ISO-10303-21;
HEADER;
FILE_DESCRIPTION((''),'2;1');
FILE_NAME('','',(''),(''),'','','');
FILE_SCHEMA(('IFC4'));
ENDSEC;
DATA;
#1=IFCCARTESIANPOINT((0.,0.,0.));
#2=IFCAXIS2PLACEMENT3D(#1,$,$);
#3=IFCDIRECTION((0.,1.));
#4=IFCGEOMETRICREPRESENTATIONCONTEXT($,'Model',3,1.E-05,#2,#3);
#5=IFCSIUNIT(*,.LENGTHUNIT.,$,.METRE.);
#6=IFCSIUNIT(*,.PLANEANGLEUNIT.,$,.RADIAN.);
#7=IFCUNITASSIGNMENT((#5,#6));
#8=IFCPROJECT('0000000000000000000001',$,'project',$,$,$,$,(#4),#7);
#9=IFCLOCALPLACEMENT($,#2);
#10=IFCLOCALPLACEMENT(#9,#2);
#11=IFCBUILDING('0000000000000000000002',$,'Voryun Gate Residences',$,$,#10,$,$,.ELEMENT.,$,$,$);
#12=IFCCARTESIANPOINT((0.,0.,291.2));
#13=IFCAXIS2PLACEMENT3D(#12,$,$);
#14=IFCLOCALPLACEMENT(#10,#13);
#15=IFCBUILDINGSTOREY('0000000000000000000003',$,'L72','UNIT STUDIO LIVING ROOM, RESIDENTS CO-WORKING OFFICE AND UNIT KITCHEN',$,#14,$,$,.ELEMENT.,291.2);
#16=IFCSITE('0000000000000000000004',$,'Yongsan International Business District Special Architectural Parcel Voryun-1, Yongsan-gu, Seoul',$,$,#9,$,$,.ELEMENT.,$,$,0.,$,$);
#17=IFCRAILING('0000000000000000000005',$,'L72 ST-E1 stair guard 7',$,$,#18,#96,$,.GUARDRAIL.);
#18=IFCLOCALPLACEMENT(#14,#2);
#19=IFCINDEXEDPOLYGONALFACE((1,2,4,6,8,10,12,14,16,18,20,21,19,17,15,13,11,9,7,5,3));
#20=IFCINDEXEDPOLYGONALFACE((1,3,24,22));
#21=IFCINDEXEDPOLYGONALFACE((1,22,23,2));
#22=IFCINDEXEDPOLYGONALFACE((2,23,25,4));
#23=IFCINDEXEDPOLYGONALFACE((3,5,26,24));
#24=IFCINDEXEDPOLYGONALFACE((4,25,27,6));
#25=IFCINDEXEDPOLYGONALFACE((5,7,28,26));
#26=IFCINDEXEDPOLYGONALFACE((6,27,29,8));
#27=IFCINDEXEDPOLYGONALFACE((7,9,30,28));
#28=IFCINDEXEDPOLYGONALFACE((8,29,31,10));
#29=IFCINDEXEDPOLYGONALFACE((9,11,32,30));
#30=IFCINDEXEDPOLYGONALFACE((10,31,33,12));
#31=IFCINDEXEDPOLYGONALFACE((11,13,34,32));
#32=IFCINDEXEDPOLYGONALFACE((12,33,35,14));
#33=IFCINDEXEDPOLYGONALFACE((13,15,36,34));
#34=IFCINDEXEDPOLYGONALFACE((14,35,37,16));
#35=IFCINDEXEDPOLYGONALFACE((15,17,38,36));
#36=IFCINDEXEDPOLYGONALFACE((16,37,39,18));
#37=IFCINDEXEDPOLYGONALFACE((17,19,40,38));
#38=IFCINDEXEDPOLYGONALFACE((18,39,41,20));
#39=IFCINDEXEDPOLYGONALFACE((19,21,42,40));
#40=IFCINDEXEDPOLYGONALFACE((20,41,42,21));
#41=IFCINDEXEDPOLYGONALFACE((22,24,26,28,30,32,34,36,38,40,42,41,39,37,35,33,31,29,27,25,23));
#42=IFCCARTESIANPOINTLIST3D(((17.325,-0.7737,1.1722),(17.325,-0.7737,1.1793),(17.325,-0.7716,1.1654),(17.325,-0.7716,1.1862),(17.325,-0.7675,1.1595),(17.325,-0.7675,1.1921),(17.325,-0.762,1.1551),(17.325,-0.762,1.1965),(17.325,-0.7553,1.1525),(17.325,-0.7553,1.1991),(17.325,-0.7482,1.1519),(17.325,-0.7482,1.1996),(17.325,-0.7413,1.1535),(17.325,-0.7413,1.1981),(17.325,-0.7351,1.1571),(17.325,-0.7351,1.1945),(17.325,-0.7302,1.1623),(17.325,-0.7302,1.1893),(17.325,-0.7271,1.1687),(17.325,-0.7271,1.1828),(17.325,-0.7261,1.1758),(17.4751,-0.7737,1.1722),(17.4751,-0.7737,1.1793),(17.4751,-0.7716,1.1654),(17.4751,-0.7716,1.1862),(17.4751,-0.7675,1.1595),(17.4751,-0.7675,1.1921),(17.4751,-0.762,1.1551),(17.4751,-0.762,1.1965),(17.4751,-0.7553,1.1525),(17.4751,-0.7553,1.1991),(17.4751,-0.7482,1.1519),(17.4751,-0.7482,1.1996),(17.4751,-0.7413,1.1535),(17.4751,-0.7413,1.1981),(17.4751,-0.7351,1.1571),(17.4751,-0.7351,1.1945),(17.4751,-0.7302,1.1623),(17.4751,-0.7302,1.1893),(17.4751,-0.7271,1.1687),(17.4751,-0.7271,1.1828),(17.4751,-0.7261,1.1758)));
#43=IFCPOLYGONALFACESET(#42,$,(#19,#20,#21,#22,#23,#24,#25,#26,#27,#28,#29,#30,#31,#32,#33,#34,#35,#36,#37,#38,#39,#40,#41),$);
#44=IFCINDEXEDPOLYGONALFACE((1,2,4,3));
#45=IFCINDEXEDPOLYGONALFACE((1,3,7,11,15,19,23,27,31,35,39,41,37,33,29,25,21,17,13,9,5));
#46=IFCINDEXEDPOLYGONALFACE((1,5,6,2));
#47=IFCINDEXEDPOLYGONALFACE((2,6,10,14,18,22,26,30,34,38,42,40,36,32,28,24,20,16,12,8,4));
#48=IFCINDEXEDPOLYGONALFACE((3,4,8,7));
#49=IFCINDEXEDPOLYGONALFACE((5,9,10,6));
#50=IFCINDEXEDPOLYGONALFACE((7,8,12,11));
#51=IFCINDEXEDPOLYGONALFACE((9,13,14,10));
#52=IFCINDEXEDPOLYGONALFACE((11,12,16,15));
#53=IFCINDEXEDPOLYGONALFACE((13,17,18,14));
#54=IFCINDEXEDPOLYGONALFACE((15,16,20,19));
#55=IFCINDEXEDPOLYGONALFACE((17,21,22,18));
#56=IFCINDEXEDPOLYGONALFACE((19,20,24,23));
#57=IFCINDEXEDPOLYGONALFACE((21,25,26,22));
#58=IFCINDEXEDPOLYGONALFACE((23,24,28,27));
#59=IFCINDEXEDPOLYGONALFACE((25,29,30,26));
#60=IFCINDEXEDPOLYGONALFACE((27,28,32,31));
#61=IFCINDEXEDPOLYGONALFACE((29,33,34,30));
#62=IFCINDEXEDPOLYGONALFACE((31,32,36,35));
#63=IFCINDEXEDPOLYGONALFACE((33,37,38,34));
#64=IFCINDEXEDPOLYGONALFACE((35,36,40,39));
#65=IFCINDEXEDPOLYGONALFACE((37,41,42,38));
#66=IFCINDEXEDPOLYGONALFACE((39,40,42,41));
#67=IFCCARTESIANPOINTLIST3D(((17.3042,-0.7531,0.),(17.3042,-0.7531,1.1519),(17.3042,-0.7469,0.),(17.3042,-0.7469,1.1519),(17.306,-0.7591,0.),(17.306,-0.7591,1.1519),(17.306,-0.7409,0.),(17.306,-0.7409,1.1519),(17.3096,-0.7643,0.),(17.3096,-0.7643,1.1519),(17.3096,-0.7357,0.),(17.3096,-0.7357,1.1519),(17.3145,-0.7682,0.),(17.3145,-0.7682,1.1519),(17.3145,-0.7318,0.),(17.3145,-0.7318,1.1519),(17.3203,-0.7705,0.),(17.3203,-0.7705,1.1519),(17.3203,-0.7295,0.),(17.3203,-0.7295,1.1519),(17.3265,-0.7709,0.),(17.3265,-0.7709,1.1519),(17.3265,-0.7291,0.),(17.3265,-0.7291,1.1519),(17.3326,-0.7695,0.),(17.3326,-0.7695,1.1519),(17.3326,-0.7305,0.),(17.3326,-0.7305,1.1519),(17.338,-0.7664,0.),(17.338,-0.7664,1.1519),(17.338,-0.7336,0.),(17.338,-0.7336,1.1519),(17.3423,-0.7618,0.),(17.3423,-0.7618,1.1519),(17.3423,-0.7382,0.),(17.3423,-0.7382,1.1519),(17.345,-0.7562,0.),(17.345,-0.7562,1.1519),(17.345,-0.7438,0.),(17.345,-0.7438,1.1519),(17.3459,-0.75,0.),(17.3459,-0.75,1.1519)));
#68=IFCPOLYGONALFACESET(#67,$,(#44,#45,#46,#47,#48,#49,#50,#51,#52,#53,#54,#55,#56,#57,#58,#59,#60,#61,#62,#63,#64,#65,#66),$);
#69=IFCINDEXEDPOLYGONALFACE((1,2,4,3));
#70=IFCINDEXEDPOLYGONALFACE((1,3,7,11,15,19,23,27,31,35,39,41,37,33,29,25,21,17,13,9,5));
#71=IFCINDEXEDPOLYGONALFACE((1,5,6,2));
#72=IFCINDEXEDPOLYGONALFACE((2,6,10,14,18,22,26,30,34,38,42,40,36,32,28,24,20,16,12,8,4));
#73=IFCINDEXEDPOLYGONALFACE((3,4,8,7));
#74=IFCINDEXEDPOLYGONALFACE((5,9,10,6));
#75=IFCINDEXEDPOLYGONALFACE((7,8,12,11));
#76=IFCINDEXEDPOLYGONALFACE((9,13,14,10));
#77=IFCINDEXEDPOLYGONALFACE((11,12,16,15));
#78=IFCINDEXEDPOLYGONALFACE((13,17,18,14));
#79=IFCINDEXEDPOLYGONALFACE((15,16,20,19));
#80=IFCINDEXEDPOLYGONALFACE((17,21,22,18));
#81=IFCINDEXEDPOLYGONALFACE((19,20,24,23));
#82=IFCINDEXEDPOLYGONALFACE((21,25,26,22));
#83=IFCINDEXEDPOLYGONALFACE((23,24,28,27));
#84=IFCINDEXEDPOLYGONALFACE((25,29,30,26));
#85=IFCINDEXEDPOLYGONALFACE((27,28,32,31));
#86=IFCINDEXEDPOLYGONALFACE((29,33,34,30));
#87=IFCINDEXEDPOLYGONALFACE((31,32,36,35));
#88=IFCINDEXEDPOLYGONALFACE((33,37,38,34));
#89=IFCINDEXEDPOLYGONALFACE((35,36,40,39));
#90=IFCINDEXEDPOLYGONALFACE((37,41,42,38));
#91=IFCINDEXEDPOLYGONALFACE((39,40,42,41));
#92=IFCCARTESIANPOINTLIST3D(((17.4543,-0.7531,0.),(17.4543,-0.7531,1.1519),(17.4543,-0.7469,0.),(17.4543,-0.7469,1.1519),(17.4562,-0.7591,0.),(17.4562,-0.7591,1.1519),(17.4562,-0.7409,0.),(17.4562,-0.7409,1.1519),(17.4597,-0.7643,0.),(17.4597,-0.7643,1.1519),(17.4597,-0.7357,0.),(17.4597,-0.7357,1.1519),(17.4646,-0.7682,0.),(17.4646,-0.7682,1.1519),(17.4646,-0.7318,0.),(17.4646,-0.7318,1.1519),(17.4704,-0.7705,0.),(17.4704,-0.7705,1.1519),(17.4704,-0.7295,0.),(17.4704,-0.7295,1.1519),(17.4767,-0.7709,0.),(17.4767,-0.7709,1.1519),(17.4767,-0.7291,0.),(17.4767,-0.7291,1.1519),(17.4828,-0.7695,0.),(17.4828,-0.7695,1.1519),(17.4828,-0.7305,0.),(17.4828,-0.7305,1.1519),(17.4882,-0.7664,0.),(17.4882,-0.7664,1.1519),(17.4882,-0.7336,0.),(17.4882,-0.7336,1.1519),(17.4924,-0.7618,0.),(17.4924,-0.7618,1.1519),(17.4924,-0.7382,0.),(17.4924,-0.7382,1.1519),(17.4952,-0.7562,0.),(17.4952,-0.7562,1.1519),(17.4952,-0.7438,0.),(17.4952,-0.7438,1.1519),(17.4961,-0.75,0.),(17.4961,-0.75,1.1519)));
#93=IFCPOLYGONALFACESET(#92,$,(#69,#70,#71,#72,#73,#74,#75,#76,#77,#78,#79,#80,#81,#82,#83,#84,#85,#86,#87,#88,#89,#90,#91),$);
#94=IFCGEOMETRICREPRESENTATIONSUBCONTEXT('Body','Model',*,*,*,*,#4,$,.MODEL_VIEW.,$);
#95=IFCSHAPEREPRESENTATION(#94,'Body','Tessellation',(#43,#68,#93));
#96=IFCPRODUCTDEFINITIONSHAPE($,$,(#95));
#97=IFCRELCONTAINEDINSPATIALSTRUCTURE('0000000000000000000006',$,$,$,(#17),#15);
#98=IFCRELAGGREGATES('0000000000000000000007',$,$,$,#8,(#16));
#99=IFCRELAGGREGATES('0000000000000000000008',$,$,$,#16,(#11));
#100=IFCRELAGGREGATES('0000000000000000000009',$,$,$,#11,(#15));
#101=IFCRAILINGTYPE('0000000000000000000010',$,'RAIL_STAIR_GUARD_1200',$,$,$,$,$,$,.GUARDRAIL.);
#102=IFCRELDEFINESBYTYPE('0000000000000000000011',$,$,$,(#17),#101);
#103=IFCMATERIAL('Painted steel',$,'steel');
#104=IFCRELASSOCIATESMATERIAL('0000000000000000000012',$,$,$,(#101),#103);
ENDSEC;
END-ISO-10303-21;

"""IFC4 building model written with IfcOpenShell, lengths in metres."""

from ifc_helpers import new_model, si_unit, direction, frame, origin, origin_2d, place, context, subcontext, project, spatial, circle, extrude, material, type_object, element, save


model = new_model("IFC4")

# Units and contexts
model_context = context("Model", 3, precision=1e-05, world=origin(), true_north=direction((0.0, 1.0)))
body_context = subcontext(model_context, "Body", "Model", "MODEL_VIEW")
ifc_project = project(units=[si_unit("LENGTHUNIT", "METRE"), si_unit("PLANEANGLEUNIT", "RADIAN")], contexts=[model_context])

# Site, building, storey
site_placement = place(None, origin())
site = spatial("IfcSite", under=ifc_project, at=site_placement, Name="Yongsan International Business District Special Architectural Parcel Voryun-1, Yongsan-gu, Seoul", CompositionType="ELEMENT", RefElevation=0.0)
building_placement = place(site_placement, origin())
building = spatial("IfcBuilding", under=site, at=building_placement, Name="Voryun Gate Residences", CompositionType="ELEMENT")
storey_placement = place(building_placement, frame((0.0, 0.0, 291.2)))
storey = spatial("IfcBuildingStorey", under=building, at=storey_placement, Name="L72", Description="UNIT STUDIO LIVING ROOM, RESIDENTS CO-WORKING OFFICE AND UNIT KITCHEN", CompositionType="ELEMENT", Elevation=291.2)

# Railing
ifc_material_1 = material(Name="Painted steel", Category="steel")
railing_type_1 = type_object("IfcRailingType", Name="RAIL_STAIR_GUARD_1200", PredefinedType="GUARDRAIL", material=ifc_material_1)
railing_1_placement = place(storey_placement, frame((17.325, -0.75, 0.0)))
element("IfcRailing", 1, at=railing_1_placement, inside=storey, type_object=railing_type_1, Name="L72 ST-E1 stair guard 7", PredefinedType="GUARDRAIL", context=body_context, shape_type="SweptSolid", body=[
    extrude(circle(Radius=0.0239, at=origin_2d()), frame((0.0, 0.0, 1.1758), z_axis=(1.0, 0.0, 0.0), x_axis=(0.0, 1.0, 0.0)), (0.0, 0.0, 1.0), 0.1501),
    extrude(circle(Radius=0.021, at=origin_2d()), origin(), (0.0, 0.0, 1.0), 1.1519),
    extrude(circle(Radius=0.021, at=origin_2d()), frame((0.1501, 0.0, 0.0)), (0.0, 0.0, 1.0), 1.1519),
])

save(model, "model.ifc")
